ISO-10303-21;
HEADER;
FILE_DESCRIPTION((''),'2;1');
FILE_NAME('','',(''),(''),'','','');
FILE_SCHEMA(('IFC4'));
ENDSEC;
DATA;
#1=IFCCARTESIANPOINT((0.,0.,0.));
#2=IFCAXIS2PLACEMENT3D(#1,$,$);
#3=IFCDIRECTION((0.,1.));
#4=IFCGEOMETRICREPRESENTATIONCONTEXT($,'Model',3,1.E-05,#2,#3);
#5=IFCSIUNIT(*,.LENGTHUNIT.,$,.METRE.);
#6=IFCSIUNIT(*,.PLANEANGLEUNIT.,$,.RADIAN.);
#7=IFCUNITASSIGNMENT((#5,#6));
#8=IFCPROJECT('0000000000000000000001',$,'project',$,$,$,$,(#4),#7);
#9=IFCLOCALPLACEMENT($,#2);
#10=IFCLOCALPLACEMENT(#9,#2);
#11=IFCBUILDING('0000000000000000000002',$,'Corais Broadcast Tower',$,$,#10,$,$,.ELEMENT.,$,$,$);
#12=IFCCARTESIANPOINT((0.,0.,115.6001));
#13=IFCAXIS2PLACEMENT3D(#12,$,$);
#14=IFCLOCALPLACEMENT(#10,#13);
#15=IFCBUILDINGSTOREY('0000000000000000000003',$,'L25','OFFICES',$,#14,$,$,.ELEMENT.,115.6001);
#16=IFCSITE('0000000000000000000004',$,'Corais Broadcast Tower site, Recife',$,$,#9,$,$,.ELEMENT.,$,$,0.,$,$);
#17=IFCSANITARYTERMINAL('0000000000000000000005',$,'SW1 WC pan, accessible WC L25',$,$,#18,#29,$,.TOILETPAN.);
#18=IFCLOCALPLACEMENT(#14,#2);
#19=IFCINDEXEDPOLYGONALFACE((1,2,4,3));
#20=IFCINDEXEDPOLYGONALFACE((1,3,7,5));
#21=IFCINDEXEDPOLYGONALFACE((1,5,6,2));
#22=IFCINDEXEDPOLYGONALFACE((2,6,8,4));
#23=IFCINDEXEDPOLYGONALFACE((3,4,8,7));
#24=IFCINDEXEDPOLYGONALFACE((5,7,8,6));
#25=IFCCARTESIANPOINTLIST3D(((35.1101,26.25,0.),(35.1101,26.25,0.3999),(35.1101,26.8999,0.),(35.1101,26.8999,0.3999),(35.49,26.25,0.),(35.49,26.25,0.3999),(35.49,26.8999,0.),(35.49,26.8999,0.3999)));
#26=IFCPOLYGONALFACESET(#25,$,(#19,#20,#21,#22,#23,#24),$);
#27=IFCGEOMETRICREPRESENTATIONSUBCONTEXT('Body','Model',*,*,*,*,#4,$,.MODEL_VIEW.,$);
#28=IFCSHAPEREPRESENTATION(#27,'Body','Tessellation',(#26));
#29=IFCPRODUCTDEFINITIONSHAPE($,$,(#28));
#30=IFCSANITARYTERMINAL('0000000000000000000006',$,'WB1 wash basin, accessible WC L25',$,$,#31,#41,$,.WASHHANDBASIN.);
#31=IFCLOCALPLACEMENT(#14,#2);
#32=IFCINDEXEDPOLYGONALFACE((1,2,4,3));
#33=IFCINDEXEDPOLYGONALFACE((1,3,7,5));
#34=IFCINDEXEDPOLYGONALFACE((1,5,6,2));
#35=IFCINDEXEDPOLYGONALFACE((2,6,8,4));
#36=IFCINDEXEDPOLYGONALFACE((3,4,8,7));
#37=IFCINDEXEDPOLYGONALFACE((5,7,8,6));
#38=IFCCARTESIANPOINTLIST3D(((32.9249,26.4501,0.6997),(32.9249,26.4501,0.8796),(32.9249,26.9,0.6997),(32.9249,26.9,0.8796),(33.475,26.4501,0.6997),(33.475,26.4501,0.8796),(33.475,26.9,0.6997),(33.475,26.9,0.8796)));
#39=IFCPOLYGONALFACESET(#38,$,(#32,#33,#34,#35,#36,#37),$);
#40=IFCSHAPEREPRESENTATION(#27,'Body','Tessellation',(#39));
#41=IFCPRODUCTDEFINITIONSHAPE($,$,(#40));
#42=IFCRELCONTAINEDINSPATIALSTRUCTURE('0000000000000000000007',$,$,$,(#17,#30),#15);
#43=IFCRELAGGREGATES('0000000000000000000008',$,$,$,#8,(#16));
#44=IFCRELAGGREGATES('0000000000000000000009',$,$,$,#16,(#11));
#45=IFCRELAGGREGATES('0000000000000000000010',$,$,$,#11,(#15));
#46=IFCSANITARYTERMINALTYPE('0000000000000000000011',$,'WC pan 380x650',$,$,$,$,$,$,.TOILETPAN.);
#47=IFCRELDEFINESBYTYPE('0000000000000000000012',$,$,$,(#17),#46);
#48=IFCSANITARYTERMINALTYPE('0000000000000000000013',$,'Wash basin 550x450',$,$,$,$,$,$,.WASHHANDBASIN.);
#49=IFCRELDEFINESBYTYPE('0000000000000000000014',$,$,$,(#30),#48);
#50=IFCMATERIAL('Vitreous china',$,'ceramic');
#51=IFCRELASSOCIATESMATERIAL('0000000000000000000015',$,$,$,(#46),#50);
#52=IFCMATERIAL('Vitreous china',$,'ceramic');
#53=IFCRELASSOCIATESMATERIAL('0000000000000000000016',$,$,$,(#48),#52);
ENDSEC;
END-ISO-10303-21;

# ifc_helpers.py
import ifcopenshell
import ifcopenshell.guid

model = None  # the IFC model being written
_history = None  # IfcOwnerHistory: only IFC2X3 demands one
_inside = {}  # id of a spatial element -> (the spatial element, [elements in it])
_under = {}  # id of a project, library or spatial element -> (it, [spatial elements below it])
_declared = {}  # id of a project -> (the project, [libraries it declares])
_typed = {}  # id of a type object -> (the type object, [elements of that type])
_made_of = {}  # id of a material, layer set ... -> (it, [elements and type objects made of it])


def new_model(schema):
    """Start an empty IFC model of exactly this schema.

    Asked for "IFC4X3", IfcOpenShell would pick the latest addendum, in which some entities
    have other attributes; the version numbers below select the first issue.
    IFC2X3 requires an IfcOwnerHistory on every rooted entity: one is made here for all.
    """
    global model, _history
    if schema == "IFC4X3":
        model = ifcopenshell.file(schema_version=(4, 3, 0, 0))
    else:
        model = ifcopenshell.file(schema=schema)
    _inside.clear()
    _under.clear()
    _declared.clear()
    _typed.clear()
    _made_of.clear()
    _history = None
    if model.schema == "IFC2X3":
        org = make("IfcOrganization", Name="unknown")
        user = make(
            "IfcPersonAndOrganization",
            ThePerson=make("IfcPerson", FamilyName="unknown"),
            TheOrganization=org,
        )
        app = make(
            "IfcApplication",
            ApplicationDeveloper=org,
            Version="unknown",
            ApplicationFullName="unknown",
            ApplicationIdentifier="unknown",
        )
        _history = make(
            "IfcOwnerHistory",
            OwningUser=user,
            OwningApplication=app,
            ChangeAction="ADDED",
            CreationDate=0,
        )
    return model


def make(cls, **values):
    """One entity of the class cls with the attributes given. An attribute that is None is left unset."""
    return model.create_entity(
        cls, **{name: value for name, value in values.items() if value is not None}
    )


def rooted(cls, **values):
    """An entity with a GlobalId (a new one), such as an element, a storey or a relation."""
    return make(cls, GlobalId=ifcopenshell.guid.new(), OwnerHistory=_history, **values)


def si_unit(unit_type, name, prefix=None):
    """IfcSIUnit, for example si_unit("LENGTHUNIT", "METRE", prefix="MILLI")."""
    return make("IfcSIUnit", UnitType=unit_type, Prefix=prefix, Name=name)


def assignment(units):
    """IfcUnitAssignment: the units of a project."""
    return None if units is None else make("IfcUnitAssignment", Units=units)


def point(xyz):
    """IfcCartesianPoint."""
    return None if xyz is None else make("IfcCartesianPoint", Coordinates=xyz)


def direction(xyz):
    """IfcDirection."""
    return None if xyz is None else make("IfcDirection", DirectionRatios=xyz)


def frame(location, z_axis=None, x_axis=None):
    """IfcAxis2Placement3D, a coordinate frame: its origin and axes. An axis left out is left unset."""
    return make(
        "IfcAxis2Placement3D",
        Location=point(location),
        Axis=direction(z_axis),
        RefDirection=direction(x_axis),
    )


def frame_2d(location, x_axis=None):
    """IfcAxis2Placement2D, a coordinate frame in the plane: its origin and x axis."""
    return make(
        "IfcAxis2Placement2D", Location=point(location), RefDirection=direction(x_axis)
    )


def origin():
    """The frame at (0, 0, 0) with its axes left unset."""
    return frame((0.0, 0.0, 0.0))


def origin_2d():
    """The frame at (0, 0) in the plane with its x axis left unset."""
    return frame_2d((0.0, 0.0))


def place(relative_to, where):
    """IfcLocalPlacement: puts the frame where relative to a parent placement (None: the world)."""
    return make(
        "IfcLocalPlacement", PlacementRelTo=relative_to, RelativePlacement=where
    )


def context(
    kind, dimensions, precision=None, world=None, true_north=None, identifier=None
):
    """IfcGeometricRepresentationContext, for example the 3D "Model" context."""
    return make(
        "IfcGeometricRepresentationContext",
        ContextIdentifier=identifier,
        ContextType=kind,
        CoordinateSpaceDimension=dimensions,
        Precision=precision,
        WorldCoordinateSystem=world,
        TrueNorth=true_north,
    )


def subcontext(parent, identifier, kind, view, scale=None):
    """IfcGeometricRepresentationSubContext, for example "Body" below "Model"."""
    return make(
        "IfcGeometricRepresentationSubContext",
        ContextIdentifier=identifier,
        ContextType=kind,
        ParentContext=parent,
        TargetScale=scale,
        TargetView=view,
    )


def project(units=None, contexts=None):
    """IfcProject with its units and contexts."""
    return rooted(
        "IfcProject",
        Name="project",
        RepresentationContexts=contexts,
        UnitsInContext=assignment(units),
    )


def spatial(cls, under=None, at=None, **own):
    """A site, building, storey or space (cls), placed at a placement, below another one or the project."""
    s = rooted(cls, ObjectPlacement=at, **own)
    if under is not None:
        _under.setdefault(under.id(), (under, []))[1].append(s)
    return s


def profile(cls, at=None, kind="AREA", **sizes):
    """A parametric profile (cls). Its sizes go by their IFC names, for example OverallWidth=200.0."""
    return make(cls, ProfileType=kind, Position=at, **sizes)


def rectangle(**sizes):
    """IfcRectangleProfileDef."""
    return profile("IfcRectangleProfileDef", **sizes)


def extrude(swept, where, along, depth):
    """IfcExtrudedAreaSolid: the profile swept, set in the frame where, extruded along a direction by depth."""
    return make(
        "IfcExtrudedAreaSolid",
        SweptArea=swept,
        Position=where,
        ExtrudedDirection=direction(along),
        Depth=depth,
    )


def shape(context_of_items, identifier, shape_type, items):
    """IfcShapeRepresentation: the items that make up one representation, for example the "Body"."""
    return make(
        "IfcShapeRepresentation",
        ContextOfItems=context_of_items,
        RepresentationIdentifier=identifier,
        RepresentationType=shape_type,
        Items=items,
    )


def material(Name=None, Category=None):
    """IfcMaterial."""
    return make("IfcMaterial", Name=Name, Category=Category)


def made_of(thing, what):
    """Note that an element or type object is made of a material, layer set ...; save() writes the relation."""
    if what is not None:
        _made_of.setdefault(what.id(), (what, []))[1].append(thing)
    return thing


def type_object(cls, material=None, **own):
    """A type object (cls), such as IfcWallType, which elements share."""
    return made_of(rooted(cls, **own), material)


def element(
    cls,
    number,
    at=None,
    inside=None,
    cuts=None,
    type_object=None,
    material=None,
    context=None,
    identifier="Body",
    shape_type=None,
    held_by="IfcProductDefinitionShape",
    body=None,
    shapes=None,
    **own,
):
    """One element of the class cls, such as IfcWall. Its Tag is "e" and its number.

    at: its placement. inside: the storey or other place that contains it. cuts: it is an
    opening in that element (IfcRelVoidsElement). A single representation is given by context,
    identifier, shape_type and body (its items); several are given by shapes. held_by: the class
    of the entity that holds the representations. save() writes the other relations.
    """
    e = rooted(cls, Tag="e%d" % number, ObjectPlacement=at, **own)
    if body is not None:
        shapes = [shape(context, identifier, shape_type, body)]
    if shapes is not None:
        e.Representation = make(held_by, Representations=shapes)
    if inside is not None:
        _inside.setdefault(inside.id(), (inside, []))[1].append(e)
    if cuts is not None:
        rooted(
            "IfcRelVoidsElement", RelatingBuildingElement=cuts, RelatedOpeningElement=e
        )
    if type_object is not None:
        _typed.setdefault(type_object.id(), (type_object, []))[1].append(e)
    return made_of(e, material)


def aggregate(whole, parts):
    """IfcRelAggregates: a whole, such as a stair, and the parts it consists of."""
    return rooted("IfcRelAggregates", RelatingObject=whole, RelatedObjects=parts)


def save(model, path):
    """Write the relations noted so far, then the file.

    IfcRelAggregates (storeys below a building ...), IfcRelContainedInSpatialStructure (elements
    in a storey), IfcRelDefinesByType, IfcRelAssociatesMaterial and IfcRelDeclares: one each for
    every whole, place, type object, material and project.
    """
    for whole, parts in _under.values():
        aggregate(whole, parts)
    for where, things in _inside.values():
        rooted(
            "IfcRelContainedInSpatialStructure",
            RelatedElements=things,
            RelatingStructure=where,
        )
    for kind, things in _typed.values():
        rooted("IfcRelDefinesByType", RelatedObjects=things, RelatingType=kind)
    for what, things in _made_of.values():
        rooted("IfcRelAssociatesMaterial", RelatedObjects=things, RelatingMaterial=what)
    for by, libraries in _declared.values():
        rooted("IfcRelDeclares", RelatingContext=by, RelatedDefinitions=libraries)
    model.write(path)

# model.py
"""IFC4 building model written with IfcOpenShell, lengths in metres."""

from ifc_helpers import new_model, si_unit, direction, frame, origin, origin_2d, place, context, subcontext, project, spatial, rectangle, extrude, material, type_object, element, save


model = new_model("IFC4")

# Units and contexts
model_context = context("Model", 3, precision=1e-05, world=origin(), true_north=direction((0.0, 1.0)))
body_context = subcontext(model_context, "Body", "Model", "MODEL_VIEW")
ifc_project = project(units=[si_unit("LENGTHUNIT", "METRE"), si_unit("PLANEANGLEUNIT", "RADIAN")], contexts=[model_context])

# Site, building, storey
site_placement = place(None, origin())
site = spatial("IfcSite", under=ifc_project, at=site_placement, Name="Corais Broadcast Tower site, Recife", CompositionType="ELEMENT", RefElevation=0.0)
building_placement = place(site_placement, origin())
building = spatial("IfcBuilding", under=site, at=building_placement, Name="Corais Broadcast Tower", CompositionType="ELEMENT")
storey_placement = place(building_placement, frame((0.0, 0.0, 115.6001)))
storey = spatial("IfcBuildingStorey", under=building, at=storey_placement, Name="L25", Description="OFFICES", CompositionType="ELEMENT", Elevation=115.6001)

# Sanitary terminals
ifc_material_1 = material(Name="Vitreous china", Category="ceramic")
sanitary_terminal_type_1 = type_object("IfcSanitaryTerminalType", Name="WC pan 380x650", PredefinedType="TOILETPAN", material=ifc_material_1)
for number, where, z_axis, x_axis, name in (
    (1, (35.3, 26.575, 0.0), (0.0, 0.0, 1.0), (1.0, 0.0, 0.0), "SW1 WC pan, accessible WC L25"),
):
    element("IfcSanitaryTerminal", number, at=place(storey_placement, frame(where, z_axis=z_axis, x_axis=x_axis)), inside=storey, type_object=sanitary_terminal_type_1, Name=name, PredefinedType="TOILETPAN", context=body_context, shape_type="SweptSolid", body=[
        extrude(rectangle(XDim=0.3799, YDim=0.6499, at=origin_2d()), origin(), (0.0, 0.0, 1.0), 0.3999),
    ])
ifc_material_2 = material(Name="Vitreous china", Category="ceramic")
sanitary_terminal_type_2 = type_object("IfcSanitaryTerminalType", Name="Wash basin 550x450", PredefinedType="WASHHANDBASIN", material=ifc_material_2)
sanitary_terminal_placement = place(storey_placement, frame((33.2, 26.675, 0.6997), z_axis=(0.0, 0.0, 1.0), x_axis=(1.0, 0.0, 0.0)))
element("IfcSanitaryTerminal", 2, at=sanitary_terminal_placement, inside=storey, type_object=sanitary_terminal_type_2, Name="WB1 wash basin, accessible WC L25", PredefinedType="WASHHANDBASIN", context=body_context, shape_type="SweptSolid", body=[
    extrude(rectangle(XDim=0.55, YDim=0.45, at=origin_2d()), origin(), (0.0, 0.0, 1.0), 0.1799),
])

save(model, "model.ifc")
